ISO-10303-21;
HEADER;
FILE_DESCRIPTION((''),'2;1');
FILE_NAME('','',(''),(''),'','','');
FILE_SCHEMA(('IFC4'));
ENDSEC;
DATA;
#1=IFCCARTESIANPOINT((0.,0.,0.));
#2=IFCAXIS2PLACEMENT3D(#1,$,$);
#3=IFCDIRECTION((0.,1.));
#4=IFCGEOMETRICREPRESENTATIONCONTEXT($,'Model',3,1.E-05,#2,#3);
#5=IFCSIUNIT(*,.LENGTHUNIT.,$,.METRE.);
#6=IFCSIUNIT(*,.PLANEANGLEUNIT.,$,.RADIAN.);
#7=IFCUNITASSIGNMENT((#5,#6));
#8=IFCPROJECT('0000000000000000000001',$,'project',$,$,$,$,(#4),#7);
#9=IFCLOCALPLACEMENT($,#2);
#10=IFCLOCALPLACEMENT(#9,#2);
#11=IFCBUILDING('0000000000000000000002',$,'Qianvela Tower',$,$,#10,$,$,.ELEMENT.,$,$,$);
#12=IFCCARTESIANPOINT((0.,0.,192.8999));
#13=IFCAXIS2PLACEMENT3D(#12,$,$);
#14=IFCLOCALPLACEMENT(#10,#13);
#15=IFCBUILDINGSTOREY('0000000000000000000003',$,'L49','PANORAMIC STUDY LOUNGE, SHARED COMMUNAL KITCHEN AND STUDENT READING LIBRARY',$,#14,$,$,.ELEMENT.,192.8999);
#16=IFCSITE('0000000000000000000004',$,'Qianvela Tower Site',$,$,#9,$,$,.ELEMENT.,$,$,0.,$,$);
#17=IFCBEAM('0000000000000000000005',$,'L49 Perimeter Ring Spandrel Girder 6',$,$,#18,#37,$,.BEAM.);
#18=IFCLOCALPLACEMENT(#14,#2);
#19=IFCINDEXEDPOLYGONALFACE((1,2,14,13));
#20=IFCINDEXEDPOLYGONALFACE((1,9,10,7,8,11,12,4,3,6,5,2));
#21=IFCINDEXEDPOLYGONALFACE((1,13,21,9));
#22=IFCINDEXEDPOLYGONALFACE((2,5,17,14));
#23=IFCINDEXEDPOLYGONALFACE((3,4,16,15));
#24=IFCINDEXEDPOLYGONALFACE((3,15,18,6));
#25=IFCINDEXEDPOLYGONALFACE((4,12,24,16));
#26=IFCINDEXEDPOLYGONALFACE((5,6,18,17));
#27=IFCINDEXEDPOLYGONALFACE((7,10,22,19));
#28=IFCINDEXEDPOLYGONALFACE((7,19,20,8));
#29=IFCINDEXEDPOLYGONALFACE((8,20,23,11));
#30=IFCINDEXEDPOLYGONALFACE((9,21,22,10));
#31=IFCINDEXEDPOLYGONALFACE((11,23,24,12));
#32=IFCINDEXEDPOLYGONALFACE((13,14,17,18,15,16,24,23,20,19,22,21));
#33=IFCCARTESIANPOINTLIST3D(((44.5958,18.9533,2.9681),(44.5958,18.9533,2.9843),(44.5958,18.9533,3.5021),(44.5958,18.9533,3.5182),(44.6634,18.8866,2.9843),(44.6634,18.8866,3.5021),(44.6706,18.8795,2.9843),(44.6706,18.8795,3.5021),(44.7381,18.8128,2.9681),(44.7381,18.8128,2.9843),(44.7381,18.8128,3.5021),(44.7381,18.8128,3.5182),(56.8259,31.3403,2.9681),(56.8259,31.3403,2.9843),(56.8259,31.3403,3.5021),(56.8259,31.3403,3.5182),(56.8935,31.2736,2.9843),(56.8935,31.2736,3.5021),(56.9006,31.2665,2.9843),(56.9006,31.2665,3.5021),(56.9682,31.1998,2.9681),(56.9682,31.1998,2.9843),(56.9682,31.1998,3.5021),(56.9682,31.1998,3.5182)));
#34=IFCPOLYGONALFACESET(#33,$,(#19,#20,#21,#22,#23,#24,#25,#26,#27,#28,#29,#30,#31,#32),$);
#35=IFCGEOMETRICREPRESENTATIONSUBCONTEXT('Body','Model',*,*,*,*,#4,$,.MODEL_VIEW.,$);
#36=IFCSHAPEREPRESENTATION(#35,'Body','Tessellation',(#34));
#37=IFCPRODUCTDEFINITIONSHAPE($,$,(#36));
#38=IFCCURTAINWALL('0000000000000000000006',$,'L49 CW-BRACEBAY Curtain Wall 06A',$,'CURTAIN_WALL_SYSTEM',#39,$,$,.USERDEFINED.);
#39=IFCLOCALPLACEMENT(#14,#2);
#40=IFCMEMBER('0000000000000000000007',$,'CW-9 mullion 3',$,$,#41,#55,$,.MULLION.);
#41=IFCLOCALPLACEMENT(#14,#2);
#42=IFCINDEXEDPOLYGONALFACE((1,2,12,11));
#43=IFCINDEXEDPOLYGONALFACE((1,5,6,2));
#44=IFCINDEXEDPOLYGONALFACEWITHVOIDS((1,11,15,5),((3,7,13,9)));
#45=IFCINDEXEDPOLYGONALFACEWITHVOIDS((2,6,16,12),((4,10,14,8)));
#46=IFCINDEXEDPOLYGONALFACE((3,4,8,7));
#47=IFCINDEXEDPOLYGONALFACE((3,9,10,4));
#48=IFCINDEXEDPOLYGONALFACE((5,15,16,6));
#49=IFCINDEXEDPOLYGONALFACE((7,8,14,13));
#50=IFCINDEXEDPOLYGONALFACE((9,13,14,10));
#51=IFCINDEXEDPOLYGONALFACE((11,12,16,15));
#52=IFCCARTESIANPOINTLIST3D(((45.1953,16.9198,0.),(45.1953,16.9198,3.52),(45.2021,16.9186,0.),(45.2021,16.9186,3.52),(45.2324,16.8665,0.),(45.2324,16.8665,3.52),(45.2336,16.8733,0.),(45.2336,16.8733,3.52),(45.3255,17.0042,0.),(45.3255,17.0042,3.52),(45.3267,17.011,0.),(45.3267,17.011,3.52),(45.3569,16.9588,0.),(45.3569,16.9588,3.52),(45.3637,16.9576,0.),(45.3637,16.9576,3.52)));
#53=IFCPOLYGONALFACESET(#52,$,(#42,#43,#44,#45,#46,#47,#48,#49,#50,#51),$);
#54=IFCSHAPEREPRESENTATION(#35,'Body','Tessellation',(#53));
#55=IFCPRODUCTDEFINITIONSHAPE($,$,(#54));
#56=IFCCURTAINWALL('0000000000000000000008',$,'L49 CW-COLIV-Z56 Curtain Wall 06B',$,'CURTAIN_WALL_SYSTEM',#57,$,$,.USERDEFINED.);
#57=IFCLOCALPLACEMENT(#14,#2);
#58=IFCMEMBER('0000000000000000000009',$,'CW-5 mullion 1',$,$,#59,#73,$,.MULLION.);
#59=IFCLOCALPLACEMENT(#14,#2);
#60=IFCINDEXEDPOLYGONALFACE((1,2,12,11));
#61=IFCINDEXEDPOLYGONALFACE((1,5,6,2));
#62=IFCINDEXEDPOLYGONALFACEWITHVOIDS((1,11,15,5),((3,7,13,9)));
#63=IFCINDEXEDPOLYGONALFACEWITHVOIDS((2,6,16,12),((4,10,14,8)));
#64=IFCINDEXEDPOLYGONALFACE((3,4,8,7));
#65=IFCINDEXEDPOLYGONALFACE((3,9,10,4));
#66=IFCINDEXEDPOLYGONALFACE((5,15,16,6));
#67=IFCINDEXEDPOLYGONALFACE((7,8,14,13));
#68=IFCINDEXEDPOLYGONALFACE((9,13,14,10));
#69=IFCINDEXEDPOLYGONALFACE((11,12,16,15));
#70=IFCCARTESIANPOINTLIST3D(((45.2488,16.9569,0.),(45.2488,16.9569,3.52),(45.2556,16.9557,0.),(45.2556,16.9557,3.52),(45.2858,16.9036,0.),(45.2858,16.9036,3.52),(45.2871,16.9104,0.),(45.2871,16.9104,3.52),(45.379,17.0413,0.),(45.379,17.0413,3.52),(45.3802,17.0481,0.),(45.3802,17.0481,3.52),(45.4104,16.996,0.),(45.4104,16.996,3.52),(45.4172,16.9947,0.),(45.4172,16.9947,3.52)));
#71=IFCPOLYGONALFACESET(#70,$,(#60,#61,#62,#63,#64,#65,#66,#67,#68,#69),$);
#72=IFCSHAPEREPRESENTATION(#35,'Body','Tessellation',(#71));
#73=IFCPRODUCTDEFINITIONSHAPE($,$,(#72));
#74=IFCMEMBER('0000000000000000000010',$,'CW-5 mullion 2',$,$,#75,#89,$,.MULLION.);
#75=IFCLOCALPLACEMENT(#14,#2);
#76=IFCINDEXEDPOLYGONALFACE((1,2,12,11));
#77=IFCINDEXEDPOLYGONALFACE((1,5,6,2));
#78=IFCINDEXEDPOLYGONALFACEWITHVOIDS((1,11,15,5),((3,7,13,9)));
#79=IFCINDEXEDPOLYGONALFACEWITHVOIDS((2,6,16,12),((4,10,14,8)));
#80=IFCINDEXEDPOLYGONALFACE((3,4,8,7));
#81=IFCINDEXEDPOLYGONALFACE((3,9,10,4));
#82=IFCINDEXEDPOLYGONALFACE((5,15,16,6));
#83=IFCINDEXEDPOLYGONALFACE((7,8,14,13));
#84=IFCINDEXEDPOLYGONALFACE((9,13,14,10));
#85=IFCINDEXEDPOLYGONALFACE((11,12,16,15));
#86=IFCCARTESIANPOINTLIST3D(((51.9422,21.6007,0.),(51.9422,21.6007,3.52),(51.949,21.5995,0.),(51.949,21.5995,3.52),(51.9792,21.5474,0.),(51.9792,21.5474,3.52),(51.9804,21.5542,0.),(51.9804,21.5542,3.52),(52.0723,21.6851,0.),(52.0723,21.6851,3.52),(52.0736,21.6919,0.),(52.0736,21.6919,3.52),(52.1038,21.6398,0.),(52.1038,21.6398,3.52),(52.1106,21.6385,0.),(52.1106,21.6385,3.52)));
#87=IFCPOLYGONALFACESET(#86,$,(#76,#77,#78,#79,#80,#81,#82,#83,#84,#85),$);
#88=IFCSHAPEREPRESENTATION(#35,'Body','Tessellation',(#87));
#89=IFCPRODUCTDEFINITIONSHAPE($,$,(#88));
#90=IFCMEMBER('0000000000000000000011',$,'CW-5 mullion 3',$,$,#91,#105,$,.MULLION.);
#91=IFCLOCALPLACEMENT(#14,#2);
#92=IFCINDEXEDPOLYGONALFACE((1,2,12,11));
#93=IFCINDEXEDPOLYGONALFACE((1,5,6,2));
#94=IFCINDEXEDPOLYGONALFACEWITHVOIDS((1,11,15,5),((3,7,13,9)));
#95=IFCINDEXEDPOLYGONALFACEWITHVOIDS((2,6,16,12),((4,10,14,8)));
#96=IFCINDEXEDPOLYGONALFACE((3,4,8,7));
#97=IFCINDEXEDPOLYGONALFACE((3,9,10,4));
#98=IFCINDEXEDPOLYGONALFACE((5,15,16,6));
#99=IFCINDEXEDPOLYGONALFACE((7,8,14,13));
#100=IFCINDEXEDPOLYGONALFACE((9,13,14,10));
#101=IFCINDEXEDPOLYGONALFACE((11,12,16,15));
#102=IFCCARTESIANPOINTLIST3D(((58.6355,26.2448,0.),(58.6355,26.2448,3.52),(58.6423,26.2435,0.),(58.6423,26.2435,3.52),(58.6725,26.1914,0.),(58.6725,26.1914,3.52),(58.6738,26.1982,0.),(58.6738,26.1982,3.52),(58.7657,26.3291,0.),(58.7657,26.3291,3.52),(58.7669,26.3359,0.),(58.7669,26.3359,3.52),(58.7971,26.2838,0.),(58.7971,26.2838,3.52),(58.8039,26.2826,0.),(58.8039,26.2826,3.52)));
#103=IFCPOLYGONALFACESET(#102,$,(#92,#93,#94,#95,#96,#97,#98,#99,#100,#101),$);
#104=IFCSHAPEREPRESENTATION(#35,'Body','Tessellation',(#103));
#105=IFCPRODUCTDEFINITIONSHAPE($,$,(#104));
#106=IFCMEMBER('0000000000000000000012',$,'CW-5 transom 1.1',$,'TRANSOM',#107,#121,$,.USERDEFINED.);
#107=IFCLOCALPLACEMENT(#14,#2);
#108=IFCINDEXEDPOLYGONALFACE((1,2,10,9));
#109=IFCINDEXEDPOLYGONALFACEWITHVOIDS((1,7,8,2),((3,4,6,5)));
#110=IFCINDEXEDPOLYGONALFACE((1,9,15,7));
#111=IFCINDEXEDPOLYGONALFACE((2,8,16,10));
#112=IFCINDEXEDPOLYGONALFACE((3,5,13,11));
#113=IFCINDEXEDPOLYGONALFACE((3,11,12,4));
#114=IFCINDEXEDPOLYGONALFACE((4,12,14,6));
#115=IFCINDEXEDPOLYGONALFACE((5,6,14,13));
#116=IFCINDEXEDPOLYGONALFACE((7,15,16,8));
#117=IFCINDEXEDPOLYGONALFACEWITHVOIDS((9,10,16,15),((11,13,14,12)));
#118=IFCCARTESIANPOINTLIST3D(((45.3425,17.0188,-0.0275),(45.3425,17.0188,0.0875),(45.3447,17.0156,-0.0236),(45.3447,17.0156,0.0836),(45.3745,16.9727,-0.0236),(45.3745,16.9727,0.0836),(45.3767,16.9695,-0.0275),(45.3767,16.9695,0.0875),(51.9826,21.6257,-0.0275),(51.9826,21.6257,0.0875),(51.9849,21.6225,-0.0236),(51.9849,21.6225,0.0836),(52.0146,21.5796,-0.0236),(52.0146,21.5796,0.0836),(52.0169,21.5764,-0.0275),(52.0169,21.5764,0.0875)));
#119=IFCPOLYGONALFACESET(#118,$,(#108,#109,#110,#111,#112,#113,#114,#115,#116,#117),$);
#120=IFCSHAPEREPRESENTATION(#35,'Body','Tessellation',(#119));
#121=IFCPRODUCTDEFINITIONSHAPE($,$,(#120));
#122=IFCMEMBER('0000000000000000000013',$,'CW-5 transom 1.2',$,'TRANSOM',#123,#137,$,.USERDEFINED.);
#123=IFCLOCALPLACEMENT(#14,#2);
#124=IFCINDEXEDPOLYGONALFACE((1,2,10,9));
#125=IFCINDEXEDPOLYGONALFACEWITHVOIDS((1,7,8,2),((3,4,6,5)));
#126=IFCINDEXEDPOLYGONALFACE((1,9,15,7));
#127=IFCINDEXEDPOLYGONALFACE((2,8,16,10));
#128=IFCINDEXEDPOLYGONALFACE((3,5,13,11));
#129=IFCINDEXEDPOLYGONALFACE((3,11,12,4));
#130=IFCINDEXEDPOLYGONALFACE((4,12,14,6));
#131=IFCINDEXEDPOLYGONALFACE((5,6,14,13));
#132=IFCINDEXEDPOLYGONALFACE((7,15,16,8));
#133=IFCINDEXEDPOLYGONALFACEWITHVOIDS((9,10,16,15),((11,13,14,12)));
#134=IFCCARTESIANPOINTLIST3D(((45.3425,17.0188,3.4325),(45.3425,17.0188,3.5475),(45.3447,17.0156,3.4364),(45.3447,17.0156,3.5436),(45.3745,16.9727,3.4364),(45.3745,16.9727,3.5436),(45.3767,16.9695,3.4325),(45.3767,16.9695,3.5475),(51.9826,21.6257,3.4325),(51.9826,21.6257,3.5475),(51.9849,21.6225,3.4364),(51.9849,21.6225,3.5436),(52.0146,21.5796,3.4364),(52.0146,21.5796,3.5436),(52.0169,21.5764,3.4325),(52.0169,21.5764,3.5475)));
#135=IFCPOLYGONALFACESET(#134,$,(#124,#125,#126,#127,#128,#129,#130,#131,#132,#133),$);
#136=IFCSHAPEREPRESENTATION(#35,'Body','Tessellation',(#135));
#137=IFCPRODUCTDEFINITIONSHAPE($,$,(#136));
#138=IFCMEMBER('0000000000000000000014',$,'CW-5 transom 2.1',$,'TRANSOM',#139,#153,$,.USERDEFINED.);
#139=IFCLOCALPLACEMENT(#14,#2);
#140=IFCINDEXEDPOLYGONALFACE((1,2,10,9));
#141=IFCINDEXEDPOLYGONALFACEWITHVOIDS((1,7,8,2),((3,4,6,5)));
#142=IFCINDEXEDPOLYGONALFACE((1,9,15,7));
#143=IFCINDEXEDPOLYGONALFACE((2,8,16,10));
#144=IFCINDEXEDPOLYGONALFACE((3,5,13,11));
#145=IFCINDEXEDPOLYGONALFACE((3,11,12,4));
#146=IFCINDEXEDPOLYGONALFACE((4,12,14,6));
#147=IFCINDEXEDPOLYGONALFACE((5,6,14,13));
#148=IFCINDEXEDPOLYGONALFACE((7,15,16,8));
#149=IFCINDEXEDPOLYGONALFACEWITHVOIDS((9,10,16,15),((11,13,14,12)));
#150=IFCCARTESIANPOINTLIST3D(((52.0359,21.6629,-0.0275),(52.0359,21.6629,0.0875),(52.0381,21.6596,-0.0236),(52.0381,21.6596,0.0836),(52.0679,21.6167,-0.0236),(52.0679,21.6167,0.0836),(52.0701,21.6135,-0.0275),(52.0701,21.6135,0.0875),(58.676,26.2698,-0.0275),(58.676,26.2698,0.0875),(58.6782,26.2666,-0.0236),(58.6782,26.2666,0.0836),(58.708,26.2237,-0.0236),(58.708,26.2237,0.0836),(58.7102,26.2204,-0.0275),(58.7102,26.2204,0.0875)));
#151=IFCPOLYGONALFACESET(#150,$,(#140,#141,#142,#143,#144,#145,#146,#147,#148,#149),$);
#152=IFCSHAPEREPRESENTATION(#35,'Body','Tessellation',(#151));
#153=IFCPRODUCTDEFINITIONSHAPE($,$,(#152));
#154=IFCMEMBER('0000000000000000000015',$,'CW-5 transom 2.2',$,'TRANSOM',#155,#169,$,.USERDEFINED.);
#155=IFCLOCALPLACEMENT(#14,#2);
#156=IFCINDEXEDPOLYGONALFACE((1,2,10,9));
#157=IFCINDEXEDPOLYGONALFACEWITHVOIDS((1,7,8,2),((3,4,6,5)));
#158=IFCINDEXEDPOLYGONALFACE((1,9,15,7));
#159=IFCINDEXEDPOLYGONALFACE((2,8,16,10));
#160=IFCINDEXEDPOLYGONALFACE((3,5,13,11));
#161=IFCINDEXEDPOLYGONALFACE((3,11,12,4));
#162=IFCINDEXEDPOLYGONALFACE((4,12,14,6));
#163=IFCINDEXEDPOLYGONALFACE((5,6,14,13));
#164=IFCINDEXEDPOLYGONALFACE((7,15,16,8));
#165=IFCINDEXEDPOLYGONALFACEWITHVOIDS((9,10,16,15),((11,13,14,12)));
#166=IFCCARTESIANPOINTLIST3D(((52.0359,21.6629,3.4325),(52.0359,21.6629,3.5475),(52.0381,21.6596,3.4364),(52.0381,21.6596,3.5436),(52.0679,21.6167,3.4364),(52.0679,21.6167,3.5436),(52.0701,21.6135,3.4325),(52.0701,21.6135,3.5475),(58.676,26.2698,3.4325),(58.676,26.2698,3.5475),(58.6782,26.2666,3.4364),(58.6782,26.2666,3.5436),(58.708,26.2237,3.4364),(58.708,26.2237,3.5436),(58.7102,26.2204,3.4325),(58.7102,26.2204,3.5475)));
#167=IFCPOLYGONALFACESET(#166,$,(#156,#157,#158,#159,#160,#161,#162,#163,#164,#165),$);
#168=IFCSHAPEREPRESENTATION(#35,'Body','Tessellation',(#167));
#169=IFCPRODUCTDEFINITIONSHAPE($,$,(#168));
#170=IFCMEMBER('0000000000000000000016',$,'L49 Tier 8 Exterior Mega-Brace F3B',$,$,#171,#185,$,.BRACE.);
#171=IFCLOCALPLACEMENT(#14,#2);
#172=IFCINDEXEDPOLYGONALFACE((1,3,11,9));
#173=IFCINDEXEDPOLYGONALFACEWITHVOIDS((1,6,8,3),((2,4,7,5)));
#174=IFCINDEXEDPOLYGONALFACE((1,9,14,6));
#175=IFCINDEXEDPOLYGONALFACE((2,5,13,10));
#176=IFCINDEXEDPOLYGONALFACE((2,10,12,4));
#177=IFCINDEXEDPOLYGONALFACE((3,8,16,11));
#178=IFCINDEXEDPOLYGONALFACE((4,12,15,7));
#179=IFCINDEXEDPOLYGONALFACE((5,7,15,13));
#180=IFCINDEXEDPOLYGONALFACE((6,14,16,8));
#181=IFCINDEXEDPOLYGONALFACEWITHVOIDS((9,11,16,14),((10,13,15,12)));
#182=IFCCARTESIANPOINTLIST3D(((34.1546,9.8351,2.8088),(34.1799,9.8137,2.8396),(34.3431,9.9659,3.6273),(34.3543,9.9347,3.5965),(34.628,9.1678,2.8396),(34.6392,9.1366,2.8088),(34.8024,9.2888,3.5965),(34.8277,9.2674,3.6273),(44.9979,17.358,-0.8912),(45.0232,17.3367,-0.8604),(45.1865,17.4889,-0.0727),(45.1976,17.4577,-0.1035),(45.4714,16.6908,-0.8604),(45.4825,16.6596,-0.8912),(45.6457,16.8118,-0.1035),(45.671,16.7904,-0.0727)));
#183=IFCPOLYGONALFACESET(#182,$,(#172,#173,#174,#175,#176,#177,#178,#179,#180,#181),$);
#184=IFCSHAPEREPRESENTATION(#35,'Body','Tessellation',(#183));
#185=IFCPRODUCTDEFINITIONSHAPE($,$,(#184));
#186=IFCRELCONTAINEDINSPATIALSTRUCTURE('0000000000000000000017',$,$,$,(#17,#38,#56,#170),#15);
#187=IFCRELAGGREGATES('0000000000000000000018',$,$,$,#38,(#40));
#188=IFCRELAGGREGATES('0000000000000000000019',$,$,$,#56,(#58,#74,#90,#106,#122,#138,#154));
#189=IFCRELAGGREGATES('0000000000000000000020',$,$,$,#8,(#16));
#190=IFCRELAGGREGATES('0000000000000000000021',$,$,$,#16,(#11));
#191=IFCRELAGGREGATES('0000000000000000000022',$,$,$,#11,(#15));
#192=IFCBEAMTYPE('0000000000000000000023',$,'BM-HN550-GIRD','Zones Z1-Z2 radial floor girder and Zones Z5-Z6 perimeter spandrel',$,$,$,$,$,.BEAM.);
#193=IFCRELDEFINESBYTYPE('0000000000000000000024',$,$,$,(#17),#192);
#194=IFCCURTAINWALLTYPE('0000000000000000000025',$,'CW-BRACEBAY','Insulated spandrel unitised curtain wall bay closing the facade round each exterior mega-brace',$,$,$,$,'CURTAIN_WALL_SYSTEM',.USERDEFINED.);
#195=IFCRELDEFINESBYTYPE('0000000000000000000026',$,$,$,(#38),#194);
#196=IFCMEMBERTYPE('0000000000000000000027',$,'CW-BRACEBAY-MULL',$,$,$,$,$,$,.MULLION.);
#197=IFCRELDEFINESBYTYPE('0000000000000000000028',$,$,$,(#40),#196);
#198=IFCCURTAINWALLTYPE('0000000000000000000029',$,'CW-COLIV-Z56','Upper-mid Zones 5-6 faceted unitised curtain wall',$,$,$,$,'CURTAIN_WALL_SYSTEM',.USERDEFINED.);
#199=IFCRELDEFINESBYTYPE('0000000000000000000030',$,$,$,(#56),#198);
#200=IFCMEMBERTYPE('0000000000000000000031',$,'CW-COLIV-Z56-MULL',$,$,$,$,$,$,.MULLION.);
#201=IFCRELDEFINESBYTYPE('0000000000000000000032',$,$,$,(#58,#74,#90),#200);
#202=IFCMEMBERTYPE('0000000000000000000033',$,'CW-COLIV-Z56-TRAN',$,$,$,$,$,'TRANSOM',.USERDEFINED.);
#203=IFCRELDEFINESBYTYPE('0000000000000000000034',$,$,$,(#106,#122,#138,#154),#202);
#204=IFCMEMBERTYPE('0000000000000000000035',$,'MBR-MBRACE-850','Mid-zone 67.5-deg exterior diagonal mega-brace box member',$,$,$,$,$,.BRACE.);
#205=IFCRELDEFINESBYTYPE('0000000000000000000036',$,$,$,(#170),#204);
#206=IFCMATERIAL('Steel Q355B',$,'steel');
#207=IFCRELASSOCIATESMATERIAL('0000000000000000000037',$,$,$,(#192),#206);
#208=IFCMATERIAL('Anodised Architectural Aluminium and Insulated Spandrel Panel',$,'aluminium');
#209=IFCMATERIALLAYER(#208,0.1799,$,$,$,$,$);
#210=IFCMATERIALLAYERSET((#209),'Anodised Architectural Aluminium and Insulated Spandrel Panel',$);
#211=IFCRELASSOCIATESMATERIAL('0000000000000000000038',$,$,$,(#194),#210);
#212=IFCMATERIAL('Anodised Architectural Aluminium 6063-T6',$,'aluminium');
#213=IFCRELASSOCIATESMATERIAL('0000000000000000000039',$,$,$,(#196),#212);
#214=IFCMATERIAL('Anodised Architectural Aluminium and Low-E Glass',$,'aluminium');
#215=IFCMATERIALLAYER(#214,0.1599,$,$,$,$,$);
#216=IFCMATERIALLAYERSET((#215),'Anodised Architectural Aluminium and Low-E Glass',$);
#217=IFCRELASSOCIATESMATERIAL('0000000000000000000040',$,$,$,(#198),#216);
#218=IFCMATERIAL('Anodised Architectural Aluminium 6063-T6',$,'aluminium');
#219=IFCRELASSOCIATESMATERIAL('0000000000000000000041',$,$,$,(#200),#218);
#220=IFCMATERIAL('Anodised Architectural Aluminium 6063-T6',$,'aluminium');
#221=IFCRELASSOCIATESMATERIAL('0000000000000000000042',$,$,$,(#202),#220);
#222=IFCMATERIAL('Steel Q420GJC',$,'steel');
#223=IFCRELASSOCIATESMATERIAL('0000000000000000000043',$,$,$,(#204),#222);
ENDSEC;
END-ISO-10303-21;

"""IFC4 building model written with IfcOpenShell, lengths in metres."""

from ifc_helpers import new_model, si_unit, direction, frame, origin, origin_2d, place, context, subcontext, project, spatial, hollow_rectangle, i_section, extrude, material, layer, layer_set, material_profile, profile_set, type_object, element, aggregate, save


model = new_model("IFC4")

# Units and contexts
model_context = context("Model", 3, precision=1e-05, world=origin(), true_north=direction((0.0, 1.0)))
body_context = subcontext(model_context, "Body", "Model", "MODEL_VIEW")
ifc_project = project(units=[si_unit("LENGTHUNIT", "METRE"), si_unit("PLANEANGLEUNIT", "RADIAN")], contexts=[model_context])

# Site, building, storey
site_placement = place(None, origin())
site = spatial("IfcSite", under=ifc_project, at=site_placement, Name="Qianvela Tower Site", CompositionType="ELEMENT", RefElevation=0.0)
building_placement = place(site_placement, origin())
building = spatial("IfcBuilding", under=site, at=building_placement, Name="Qianvela Tower", CompositionType="ELEMENT")
storey_placement = place(building_placement, frame((0.0, 0.0, 192.8999)))
storey = spatial("IfcBuildingStorey", under=building, at=storey_placement, Name="L49", Description="PANORAMIC STUDY LOUNGE, SHARED COMMUNAL KITCHEN AND STUDENT READING LIBRARY", CompositionType="ELEMENT", Elevation=192.8999)

# Beam
ifc_material_1 = material(Name="Steel Q355B", Category="steel")
ifc_material_profile_1 = material_profile(ifc_material_1, i_section(OverallWidth=0.2, OverallDepth=0.55, WebThickness=0.01, FlangeThickness=0.0161, at=origin_2d()), Name="HN550x200x10x16")
ifc_profile_set_1 = profile_set([ifc_material_profile_1], Name="Steel Q355B")
beam_type = type_object("IfcBeamType", Name="BM-HN550-GIRD", Description="Zones Z1-Z2 radial floor girder and Zones Z5-Z6 perimeter spandrel", PredefinedType="BEAM", material=ifc_profile_set_1)
beam_placement = place(storey_placement, frame((44.667, 18.8831, 3.2432), z_axis=(0.702583, 0.711602, 0.0), x_axis=(-0.711602, 0.702583, 0.0)))
element("IfcBeam", 1, at=beam_placement, inside=storey, type_object=beam_type, Name="L49 Perimeter Ring Spandrel Girder 6", PredefinedType="BEAM", context=body_context, shape_type="SweptSolid", body=[
    extrude(i_section(OverallWidth=0.2, OverallDepth=0.55, WebThickness=0.01, FlangeThickness=0.0161, at=origin_2d()), origin(), (0.0, 0.0, 1.0), 17.4072),
])

# Curtain wall, member
ifc_material_2 = material(Name="Anodised Architectural Aluminium and Insulated Spandrel Panel", Category="aluminium")
ifc_layer_1 = layer(ifc_material_2, 0.1799)
ifc_layer_set_1 = layer_set([ifc_layer_1], Name="Anodised Architectural Aluminium and Insulated Spandrel Panel")
curtain_wall_type_1 = type_object("IfcCurtainWallType", Name="CW-BRACEBAY", Description="Insulated spandrel unitised curtain wall bay closing the facade round each exterior mega-brace", ElementType="CURTAIN_WALL_SYSTEM", PredefinedType="USERDEFINED", material=ifc_layer_set_1)
curtain_wall_1_placement = place(storey_placement, origin())
curtain_wall_1 = element("IfcCurtainWall", 2, at=curtain_wall_1_placement, inside=storey, type_object=curtain_wall_type_1, Name="L49 CW-BRACEBAY Curtain Wall 06A", ObjectType="CURTAIN_WALL_SYSTEM", PredefinedType="USERDEFINED")
ifc_material_3 = material(Name="Anodised Architectural Aluminium 6063-T6", Category="aluminium")
ifc_material_profile_2 = material_profile(ifc_material_3, hollow_rectangle(XDim=0.0649, YDim=0.1599, WallThickness=0.0049, at=origin_2d()), Name="ALU-MULL-65x160")
ifc_profile_set_2 = profile_set([ifc_material_profile_2], Name="Anodised Architectural Aluminium 6063-T6")
member_type_1 = type_object("IfcMemberType", Name="CW-BRACEBAY-MULL", PredefinedType="MULLION", material=ifc_profile_set_2)
member_1_placement = place(storey_placement, frame((45.2795, 16.9387, 0.0), z_axis=(0.0, 0.0, 1.0), x_axis=(-0.570037, 0.821619, 0.0)))
member_1 = element("IfcMember", 3, at=member_1_placement, type_object=member_type_1, Name="CW-9 mullion 3", PredefinedType="MULLION", context=body_context, shape_type="SweptSolid", body=[
    extrude(hollow_rectangle(XDim=0.0649, YDim=0.1599, WallThickness=0.0049, at=origin_2d()), origin(), (0.0, 0.0, 1.0), 3.52),
])
aggregate(curtain_wall_1, [member_1])

# Curtain wall, members
ifc_material_4 = material(Name="Anodised Architectural Aluminium and Low-E Glass", Category="aluminium")
ifc_layer_2 = layer(ifc_material_4, 0.1599)
ifc_layer_set_2 = layer_set([ifc_layer_2], Name="Anodised Architectural Aluminium and Low-E Glass")
curtain_wall_type_2 = type_object("IfcCurtainWallType", Name="CW-COLIV-Z56", Description="Upper-mid Zones 5-6 faceted unitised curtain wall", ElementType="CURTAIN_WALL_SYSTEM", PredefinedType="USERDEFINED", material=ifc_layer_set_2)
curtain_wall_2_placement = place(storey_placement, origin())
curtain_wall_2 = element("IfcCurtainWall", 4, at=curtain_wall_2_placement, inside=storey, type_object=curtain_wall_type_2, Name="L49 CW-COLIV-Z56 Curtain Wall 06B", ObjectType="CURTAIN_WALL_SYSTEM", PredefinedType="USERDEFINED")
ifc_material_5 = material(Name="Anodised Architectural Aluminium 6063-T6", Category="aluminium")
ifc_material_profile_3 = material_profile(ifc_material_5, hollow_rectangle(XDim=0.0649, YDim=0.1599, WallThickness=0.0049, at=origin_2d()), Name="ALU-MULL-65x160")
ifc_profile_set_3 = profile_set([ifc_material_profile_3], Name="Anodised Architectural Aluminium 6063-T6")
member_type_2 = type_object("IfcMemberType", Name="CW-COLIV-Z56-MULL", PredefinedType="MULLION", material=ifc_profile_set_3)
member_2_placement = place(storey_placement, frame((45.333, 16.9758, 0.0), z_axis=(0.0, 0.0, 1.0), x_axis=(-0.570039, 0.821617, 0.0)))
member_2 = element("IfcMember", 5, at=member_2_placement, type_object=member_type_2, Name="CW-5 mullion 1", PredefinedType="MULLION", context=body_context, shape_type="SweptSolid", body=[
    extrude(hollow_rectangle(XDim=0.0649, YDim=0.1599, WallThickness=0.0049, at=origin_2d()), origin(), (0.0, 0.0, 1.0), 3.52),
])
member_3_placement = place(storey_placement, frame((52.0264, 21.6196, 0.0), z_axis=(0.0, 0.0, 1.0), x_axis=(-0.570039, 0.821617, 0.0)))
member_3 = element("IfcMember", 6, at=member_3_placement, type_object=member_type_2, Name="CW-5 mullion 2", PredefinedType="MULLION", context=body_context, shape_type="SweptSolid", body=[
    extrude(hollow_rectangle(XDim=0.0649, YDim=0.1599, WallThickness=0.0049, at=origin_2d()), origin(), (0.0, 0.0, 1.0), 3.52),
])
member_4_placement = place(storey_placement, frame((58.7197, 26.2637, 0.0), z_axis=(0.0, 0.0, 1.0), x_axis=(-0.570039, 0.821617, 0.0)))
member_4 = element("IfcMember", 7, at=member_4_placement, type_object=member_type_2, Name="CW-5 mullion 3", PredefinedType="MULLION", context=body_context, shape_type="SweptSolid", body=[
    extrude(hollow_rectangle(XDim=0.0649, YDim=0.1599, WallThickness=0.0049, at=origin_2d()), origin(), (0.0, 0.0, 1.0), 3.52),
])
ifc_material_6 = material(Name="Anodised Architectural Aluminium 6063-T6", Category="aluminium")
ifc_material_profile_4 = material_profile(ifc_material_6, hollow_rectangle(XDim=0.0601, YDim=0.115, WallThickness=0.0039, at=origin_2d()), Name="ALU-TRAN-60x115")
ifc_profile_set_4 = profile_set([ifc_material_profile_4], Name="Anodised Architectural Aluminium 6063-T6")
member_type_3 = type_object("IfcMemberType", Name="CW-COLIV-Z56-TRAN", ElementType="TRANSOM", PredefinedType="USERDEFINED", material=ifc_profile_set_4)
member_5_placement = place(storey_placement, frame((45.3596, 16.9941, 0.03), z_axis=(0.821618, 0.570039, 0.0), x_axis=(-0.570039, 0.821618, 0.0)))
member_5 = element("IfcMember", 8, at=member_5_placement, type_object=member_type_3, Name="CW-5 transom 1.1", ObjectType="TRANSOM", PredefinedType="USERDEFINED", context=body_context, shape_type="SweptSolid", body=[
    extrude(hollow_rectangle(XDim=0.0601, YDim=0.115, WallThickness=0.0039, at=origin_2d()), origin(), (0.0, 0.0, 1.0), 8.0818),
])
member_6_placement = place(storey_placement, frame((45.3596, 16.9941, 3.49), z_axis=(0.821618, 0.570039, 0.0), x_axis=(-0.570039, 0.821618, 0.0)))
member_6 = element("IfcMember", 9, at=member_6_placement, type_object=member_type_3, Name="CW-5 transom 1.2", ObjectType="TRANSOM", PredefinedType="USERDEFINED", context=body_context, shape_type="SweptSolid", body=[
    extrude(hollow_rectangle(XDim=0.0601, YDim=0.115, WallThickness=0.0039, at=origin_2d()), origin(), (0.0, 0.0, 1.0), 8.0818),
])
member_7_placement = place(storey_placement, frame((52.053, 21.6382, 0.03), z_axis=(0.821618, 0.570039, 0.0), x_axis=(-0.570039, 0.821618, 0.0)))
member_7 = element("IfcMember", 10, at=member_7_placement, type_object=member_type_3, Name="CW-5 transom 2.1", ObjectType="TRANSOM", PredefinedType="USERDEFINED", context=body_context, shape_type="SweptSolid", body=[
    extrude(hollow_rectangle(XDim=0.0601, YDim=0.115, WallThickness=0.0039, at=origin_2d()), origin(), (0.0, 0.0, 1.0), 8.0818),
])
member_8_placement = place(storey_placement, frame((52.053, 21.6382, 3.49), z_axis=(0.821618, 0.570039, 0.0), x_axis=(-0.570039, 0.821618, 0.0)))
member_8 = element("IfcMember", 11, at=member_8_placement, type_object=member_type_3, Name="CW-5 transom 2.2", ObjectType="TRANSOM", PredefinedType="USERDEFINED", context=body_context, shape_type="SweptSolid", body=[
    extrude(hollow_rectangle(XDim=0.0601, YDim=0.115, WallThickness=0.0039, at=origin_2d()), origin(), (0.0, 0.0, 1.0), 8.0818),
])

# Member
ifc_material_7 = material(Name="Steel Q420GJC", Category="steel")
ifc_material_profile_5 = material_profile(ifc_material_7, hollow_rectangle(XDim=0.8501, YDim=0.8501, WallThickness=0.032, at=origin_2d()), Name="MBOX-850x850x32")
ifc_profile_set_5 = profile_set([ifc_material_profile_5], Name="Steel Q420GJC")
member_type_4 = type_object("IfcMemberType", Name="MBR-MBRACE-850", Description="Mid-zone 67.5-deg exterior diagonal mega-brace box member", PredefinedType="BRACE", material=ifc_profile_set_5)
member_9_placement = place(storey_placement, frame((45.3345, 17.0742, -0.4819), z_axis=(-0.791119, -0.548871, 0.269947), x_axis=(0.570033, -0.821622, 0.0)))
element("IfcMember", 12, at=member_9_placement, inside=storey, type_object=member_type_4, Name="L49 Tier 8 Exterior Mega-Brace F3B", PredefinedType="BRACE", context=body_context, shape_type="SweptSolid", body=[
    extrude(hollow_rectangle(XDim=0.8501, YDim=0.8501, WallThickness=0.032, at=origin_2d()), origin(), (0.0, 0.0, 1.0), 13.7063),
])

aggregate(curtain_wall_2, [member_2, member_3, member_4, member_5, member_6, member_7, member_8])

save(model, "model.ifc")
